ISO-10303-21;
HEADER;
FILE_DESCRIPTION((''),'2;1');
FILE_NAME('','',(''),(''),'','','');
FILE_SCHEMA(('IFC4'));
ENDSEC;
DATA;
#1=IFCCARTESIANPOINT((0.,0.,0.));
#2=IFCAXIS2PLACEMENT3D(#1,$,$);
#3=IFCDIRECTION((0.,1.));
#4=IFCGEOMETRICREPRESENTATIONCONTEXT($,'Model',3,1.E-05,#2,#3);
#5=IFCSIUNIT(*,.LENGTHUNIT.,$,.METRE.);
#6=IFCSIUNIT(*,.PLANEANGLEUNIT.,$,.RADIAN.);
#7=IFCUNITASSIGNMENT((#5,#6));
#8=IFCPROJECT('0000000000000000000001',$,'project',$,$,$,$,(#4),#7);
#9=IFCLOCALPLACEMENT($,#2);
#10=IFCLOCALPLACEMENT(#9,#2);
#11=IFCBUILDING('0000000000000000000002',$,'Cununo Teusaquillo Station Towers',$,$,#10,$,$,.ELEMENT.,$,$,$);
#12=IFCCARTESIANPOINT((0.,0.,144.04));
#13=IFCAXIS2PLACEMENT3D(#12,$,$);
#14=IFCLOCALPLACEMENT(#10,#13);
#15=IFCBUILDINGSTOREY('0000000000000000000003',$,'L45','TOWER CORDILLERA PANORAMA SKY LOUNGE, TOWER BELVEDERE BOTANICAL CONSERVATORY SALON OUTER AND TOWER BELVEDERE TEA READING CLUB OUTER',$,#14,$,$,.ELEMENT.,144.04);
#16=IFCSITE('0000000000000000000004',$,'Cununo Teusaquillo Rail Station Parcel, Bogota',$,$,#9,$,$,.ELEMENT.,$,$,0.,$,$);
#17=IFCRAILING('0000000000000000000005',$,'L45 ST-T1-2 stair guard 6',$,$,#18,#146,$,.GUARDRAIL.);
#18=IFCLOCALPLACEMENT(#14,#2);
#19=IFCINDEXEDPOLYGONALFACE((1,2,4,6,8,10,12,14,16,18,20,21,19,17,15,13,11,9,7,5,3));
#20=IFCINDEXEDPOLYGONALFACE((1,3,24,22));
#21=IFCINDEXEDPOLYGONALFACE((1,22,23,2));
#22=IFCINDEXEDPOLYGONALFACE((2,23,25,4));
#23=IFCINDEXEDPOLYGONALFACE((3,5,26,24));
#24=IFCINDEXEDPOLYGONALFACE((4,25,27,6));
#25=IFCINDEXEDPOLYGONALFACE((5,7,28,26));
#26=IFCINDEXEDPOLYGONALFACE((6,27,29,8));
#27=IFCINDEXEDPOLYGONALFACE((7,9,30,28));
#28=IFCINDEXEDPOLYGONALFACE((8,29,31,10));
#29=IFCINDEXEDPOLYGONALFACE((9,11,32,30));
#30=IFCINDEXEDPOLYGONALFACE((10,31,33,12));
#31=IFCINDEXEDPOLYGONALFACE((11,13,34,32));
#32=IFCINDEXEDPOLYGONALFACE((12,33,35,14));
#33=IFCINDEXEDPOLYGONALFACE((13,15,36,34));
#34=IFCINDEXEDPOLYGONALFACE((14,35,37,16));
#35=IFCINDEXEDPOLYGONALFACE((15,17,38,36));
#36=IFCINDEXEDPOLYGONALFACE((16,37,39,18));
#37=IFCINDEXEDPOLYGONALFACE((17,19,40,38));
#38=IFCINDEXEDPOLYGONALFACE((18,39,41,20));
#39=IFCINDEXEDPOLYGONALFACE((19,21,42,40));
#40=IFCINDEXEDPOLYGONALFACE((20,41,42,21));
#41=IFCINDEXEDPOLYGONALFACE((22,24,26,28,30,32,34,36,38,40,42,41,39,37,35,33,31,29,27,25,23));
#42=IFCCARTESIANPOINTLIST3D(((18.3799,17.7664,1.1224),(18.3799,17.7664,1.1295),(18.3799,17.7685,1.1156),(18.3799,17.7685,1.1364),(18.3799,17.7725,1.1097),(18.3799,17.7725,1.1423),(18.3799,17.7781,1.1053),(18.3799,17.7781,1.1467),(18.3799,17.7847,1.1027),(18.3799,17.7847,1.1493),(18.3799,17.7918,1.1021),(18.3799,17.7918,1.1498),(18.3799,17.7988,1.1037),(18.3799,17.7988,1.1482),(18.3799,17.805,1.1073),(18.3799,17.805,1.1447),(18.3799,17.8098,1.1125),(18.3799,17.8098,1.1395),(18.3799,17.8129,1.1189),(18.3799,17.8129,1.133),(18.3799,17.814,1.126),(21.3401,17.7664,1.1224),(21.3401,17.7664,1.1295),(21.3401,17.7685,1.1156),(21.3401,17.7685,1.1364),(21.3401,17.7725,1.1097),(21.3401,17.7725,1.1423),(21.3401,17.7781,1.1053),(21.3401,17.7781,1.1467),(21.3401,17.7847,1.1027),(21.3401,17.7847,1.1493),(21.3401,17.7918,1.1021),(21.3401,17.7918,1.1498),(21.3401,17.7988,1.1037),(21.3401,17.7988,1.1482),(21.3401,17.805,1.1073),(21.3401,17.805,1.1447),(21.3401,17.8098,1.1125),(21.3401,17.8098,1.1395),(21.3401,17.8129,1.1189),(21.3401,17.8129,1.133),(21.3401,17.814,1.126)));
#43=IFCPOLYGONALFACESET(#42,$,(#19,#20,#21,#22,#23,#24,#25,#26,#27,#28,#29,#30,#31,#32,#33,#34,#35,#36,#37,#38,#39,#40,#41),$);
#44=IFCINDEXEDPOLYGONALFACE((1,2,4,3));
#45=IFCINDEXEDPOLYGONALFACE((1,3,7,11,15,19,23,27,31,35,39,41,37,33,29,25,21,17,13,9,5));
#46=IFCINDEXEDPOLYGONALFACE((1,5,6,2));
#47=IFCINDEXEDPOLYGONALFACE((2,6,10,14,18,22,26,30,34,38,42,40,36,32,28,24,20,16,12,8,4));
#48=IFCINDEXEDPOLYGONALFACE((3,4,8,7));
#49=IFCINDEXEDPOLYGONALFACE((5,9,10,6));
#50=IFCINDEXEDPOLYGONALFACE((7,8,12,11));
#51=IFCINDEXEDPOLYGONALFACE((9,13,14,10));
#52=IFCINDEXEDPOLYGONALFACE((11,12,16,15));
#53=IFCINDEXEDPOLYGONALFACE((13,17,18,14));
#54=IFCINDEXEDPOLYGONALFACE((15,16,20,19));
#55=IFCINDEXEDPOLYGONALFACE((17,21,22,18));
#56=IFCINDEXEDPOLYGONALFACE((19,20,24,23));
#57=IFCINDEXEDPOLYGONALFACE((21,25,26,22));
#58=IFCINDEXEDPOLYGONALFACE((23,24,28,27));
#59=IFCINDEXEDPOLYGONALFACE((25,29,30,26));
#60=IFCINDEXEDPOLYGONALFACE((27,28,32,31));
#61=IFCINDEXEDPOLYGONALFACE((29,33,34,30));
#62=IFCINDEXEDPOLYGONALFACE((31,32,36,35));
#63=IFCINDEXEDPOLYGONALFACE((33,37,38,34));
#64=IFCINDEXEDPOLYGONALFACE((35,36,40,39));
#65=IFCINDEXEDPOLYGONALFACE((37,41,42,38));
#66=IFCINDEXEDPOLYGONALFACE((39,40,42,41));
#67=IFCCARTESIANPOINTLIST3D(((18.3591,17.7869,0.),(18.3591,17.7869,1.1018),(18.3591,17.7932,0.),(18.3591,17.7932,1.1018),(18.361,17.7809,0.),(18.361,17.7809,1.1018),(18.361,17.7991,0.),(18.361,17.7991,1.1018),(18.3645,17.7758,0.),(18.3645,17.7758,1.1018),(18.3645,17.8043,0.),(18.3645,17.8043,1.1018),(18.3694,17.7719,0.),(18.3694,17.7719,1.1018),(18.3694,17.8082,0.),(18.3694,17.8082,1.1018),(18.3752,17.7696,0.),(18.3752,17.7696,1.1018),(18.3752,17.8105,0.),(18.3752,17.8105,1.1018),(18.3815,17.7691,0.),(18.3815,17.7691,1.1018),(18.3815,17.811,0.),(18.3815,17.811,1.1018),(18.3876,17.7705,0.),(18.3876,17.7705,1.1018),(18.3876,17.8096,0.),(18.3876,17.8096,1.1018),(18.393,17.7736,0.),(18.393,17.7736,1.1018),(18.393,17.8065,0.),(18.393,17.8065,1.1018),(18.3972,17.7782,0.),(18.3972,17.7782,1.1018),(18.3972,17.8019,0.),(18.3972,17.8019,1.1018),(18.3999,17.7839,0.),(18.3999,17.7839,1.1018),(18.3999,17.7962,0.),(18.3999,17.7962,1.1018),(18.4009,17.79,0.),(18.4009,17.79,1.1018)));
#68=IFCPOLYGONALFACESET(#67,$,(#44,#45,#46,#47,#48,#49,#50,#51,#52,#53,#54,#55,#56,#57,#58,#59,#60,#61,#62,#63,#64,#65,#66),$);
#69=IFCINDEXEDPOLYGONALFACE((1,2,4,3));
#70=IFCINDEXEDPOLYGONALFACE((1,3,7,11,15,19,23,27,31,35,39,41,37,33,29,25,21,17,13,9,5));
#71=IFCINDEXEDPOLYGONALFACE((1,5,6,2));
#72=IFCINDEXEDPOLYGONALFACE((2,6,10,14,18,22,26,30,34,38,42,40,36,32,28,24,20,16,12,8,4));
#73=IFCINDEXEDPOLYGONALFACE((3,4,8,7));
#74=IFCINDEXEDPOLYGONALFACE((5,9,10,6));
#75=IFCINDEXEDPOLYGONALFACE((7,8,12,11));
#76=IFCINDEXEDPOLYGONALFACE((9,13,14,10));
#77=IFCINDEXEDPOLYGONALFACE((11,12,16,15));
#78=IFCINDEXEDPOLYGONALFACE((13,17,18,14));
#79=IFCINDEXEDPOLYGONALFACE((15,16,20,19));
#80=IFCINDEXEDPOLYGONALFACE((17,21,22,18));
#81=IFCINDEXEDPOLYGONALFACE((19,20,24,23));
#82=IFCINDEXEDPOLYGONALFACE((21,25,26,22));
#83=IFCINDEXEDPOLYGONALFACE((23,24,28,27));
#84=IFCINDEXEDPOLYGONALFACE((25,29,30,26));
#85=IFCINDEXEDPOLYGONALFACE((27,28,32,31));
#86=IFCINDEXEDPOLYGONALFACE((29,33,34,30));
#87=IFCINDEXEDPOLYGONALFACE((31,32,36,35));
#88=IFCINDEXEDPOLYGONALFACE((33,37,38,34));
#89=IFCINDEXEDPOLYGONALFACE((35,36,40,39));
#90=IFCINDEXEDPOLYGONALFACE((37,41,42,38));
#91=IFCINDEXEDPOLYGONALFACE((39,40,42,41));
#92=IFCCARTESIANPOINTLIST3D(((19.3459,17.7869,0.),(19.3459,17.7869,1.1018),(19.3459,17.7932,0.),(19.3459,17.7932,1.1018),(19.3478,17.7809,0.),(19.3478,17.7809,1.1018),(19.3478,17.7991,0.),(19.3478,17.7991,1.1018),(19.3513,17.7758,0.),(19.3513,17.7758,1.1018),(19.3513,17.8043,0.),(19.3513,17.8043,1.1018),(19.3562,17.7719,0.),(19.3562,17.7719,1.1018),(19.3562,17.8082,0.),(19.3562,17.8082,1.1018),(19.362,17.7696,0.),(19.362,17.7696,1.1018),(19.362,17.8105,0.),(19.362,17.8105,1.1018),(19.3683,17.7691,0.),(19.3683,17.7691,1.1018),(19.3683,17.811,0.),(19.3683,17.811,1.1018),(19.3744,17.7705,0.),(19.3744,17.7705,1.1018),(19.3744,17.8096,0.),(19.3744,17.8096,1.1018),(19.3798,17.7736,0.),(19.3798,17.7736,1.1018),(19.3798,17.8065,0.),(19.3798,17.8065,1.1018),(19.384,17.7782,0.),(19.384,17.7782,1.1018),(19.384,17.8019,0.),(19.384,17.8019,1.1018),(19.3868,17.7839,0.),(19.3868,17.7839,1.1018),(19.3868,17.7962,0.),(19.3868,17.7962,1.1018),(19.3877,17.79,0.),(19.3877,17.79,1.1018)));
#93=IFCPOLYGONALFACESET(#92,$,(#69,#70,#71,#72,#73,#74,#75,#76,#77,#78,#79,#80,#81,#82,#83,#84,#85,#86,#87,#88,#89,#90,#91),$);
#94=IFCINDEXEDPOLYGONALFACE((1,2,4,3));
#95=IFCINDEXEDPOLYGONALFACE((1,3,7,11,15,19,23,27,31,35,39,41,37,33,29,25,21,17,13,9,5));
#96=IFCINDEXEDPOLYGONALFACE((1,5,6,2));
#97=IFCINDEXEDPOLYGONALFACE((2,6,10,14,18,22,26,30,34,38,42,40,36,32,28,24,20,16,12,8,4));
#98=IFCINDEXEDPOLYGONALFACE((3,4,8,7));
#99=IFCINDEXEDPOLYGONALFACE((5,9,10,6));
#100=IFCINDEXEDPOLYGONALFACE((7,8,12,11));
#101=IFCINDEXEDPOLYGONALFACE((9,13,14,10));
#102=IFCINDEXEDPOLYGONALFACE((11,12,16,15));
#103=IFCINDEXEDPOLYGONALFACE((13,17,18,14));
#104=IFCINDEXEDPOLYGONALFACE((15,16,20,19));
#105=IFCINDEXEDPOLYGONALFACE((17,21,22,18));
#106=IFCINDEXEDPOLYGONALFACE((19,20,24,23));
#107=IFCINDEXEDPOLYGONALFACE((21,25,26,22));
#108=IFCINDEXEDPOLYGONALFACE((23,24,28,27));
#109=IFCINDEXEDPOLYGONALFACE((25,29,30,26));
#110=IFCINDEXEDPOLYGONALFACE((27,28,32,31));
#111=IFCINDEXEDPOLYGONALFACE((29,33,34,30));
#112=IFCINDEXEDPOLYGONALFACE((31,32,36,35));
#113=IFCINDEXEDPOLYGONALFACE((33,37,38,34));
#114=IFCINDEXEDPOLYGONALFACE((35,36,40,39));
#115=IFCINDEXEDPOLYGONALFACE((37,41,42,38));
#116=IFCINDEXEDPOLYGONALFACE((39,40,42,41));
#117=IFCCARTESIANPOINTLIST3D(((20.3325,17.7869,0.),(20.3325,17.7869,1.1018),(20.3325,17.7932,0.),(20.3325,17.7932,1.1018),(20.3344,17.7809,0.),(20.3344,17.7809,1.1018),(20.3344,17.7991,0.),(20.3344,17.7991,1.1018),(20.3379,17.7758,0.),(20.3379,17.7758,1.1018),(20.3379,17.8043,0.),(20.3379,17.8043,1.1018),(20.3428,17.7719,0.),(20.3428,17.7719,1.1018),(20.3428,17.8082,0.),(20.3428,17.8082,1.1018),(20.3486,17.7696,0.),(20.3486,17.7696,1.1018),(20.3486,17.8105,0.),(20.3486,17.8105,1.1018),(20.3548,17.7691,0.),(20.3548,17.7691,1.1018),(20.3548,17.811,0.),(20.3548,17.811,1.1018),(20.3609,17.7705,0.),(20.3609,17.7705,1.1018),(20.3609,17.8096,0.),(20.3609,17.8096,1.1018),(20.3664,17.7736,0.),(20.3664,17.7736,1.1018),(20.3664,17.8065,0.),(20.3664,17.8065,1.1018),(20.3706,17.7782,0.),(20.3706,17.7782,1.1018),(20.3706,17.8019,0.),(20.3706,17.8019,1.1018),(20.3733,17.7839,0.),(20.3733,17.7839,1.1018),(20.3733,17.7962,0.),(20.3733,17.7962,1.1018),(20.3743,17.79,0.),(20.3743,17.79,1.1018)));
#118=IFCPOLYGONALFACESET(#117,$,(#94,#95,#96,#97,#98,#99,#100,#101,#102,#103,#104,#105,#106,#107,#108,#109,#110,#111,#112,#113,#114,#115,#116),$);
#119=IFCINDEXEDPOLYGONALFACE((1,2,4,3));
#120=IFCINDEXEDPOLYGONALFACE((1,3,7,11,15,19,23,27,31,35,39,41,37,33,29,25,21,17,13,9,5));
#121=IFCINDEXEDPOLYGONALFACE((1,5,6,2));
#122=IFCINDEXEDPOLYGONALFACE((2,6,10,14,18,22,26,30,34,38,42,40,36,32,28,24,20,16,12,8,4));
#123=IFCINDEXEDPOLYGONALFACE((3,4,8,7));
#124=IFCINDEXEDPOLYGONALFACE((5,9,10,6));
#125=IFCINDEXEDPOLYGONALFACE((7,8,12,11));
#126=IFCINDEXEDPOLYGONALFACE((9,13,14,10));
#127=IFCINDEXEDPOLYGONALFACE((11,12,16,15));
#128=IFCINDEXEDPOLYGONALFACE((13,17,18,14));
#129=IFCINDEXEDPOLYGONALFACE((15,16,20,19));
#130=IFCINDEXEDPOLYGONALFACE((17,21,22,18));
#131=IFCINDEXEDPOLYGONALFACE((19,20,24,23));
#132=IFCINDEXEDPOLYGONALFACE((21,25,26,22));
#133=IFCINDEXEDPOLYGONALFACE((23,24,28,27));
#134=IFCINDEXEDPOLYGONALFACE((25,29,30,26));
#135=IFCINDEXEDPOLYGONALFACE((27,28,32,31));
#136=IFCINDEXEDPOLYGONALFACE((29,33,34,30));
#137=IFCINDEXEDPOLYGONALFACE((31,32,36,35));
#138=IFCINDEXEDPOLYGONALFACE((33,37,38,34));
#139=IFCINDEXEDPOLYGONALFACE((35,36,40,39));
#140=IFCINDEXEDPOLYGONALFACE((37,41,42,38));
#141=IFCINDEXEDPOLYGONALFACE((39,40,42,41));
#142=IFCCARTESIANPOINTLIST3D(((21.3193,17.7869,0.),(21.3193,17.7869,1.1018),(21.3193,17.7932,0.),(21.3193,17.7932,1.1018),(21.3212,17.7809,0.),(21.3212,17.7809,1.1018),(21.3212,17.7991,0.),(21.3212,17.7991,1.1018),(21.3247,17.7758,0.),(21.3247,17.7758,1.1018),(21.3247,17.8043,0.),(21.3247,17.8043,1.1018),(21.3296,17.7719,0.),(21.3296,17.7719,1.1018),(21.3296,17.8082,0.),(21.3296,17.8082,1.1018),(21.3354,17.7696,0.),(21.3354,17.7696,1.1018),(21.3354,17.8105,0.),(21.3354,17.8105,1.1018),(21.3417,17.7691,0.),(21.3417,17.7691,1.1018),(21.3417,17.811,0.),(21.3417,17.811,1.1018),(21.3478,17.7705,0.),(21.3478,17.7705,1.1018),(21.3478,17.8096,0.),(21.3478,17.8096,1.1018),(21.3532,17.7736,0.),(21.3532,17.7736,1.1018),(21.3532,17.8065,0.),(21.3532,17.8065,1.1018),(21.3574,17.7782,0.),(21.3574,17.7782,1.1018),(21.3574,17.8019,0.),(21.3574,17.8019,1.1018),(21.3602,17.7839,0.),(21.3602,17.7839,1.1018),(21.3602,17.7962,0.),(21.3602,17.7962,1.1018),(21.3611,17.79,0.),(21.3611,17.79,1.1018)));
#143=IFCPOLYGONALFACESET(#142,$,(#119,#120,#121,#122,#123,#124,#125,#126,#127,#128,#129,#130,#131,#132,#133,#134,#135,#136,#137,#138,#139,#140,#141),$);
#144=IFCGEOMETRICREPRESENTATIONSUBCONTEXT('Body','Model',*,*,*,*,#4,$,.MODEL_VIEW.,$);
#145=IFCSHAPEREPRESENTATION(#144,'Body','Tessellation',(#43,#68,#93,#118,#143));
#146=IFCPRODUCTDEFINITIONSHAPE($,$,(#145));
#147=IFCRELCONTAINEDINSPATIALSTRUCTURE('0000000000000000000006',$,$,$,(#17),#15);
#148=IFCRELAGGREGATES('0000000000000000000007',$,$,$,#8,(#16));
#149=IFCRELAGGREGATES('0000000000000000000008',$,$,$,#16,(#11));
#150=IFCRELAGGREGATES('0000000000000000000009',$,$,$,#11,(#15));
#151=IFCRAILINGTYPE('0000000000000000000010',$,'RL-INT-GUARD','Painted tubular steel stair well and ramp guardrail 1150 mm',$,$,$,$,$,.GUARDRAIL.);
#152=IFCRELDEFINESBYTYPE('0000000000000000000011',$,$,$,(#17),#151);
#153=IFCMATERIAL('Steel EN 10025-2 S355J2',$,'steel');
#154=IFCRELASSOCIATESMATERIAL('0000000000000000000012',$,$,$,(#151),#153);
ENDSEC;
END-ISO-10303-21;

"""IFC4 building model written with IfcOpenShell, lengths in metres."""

from ifc_helpers import new_model, si_unit, direction, frame, origin, origin_2d, place, context, subcontext, project, spatial, circle, extrude, material, type_object, element, save


model = new_model("IFC4")

# Units and contexts
model_context = context("Model", 3, precision=1e-05, world=origin(), true_north=direction((0.0, 1.0)))
body_context = subcontext(model_context, "Body", "Model", "MODEL_VIEW")
ifc_project = project(units=[si_unit("LENGTHUNIT", "METRE"), si_unit("PLANEANGLEUNIT", "RADIAN")], contexts=[model_context])

# Site, building, storey
site_placement = place(None, origin())
site = spatial("IfcSite", under=ifc_project, at=site_placement, Name="Cununo Teusaquillo Rail Station Parcel, Bogota", CompositionType="ELEMENT", RefElevation=0.0)
building_placement = place(site_placement, origin())
building = spatial("IfcBuilding", under=site, at=building_placement, Name="Cununo Teusaquillo Station Towers", CompositionType="ELEMENT")
storey_placement = place(building_placement, frame((0.0, 0.0, 144.04)))
storey = spatial("IfcBuildingStorey", under=building, at=storey_placement, Name="L45", Description="TOWER CORDILLERA PANORAMA SKY LOUNGE, TOWER BELVEDERE BOTANICAL CONSERVATORY SALON OUTER AND TOWER BELVEDERE TEA READING CLUB OUTER", CompositionType="ELEMENT", Elevation=144.04)

# Railing
ifc_material_1 = material(Name="Steel EN 10025-2 S355J2", Category="steel")
railing_type_1 = type_object("IfcRailingType", Name="RL-INT-GUARD", Description="Painted tubular steel stair well and ramp guardrail 1150 mm", PredefinedType="GUARDRAIL", material=ifc_material_1)
railing_1_placement = place(storey_placement, frame((18.3799, 17.79, 0.0)))
element("IfcRailing", 1, at=railing_1_placement, inside=storey, type_object=railing_type_1, Name="L45 ST-T1-2 stair guard 6", PredefinedType="GUARDRAIL", context=body_context, shape_type="SweptSolid", body=[
    extrude(circle(Radius=0.0239, at=origin_2d()), frame((0.0, 0.0, 1.126), z_axis=(1.0, 0.0, 0.0), x_axis=(0.0, 1.0, 0.0)), (0.0, 0.0, 1.0), 2.9602),
    extrude(circle(Radius=0.021, at=origin_2d()), origin(), (0.0, 0.0, 1.0), 1.1018),
    extrude(circle(Radius=0.021, at=origin_2d()), frame((0.9868, 0.0, 0.0)), (0.0, 0.0, 1.0), 1.1018),
    extrude(circle(Radius=0.021, at=origin_2d()), frame((1.9734, 0.0, 0.0)), (0.0, 0.0, 1.0), 1.1018),
    extrude(circle(Radius=0.021, at=origin_2d()), frame((2.9602, 0.0, 0.0)), (0.0, 0.0, 1.0), 1.1018),
])

save(model, "model.ifc")
